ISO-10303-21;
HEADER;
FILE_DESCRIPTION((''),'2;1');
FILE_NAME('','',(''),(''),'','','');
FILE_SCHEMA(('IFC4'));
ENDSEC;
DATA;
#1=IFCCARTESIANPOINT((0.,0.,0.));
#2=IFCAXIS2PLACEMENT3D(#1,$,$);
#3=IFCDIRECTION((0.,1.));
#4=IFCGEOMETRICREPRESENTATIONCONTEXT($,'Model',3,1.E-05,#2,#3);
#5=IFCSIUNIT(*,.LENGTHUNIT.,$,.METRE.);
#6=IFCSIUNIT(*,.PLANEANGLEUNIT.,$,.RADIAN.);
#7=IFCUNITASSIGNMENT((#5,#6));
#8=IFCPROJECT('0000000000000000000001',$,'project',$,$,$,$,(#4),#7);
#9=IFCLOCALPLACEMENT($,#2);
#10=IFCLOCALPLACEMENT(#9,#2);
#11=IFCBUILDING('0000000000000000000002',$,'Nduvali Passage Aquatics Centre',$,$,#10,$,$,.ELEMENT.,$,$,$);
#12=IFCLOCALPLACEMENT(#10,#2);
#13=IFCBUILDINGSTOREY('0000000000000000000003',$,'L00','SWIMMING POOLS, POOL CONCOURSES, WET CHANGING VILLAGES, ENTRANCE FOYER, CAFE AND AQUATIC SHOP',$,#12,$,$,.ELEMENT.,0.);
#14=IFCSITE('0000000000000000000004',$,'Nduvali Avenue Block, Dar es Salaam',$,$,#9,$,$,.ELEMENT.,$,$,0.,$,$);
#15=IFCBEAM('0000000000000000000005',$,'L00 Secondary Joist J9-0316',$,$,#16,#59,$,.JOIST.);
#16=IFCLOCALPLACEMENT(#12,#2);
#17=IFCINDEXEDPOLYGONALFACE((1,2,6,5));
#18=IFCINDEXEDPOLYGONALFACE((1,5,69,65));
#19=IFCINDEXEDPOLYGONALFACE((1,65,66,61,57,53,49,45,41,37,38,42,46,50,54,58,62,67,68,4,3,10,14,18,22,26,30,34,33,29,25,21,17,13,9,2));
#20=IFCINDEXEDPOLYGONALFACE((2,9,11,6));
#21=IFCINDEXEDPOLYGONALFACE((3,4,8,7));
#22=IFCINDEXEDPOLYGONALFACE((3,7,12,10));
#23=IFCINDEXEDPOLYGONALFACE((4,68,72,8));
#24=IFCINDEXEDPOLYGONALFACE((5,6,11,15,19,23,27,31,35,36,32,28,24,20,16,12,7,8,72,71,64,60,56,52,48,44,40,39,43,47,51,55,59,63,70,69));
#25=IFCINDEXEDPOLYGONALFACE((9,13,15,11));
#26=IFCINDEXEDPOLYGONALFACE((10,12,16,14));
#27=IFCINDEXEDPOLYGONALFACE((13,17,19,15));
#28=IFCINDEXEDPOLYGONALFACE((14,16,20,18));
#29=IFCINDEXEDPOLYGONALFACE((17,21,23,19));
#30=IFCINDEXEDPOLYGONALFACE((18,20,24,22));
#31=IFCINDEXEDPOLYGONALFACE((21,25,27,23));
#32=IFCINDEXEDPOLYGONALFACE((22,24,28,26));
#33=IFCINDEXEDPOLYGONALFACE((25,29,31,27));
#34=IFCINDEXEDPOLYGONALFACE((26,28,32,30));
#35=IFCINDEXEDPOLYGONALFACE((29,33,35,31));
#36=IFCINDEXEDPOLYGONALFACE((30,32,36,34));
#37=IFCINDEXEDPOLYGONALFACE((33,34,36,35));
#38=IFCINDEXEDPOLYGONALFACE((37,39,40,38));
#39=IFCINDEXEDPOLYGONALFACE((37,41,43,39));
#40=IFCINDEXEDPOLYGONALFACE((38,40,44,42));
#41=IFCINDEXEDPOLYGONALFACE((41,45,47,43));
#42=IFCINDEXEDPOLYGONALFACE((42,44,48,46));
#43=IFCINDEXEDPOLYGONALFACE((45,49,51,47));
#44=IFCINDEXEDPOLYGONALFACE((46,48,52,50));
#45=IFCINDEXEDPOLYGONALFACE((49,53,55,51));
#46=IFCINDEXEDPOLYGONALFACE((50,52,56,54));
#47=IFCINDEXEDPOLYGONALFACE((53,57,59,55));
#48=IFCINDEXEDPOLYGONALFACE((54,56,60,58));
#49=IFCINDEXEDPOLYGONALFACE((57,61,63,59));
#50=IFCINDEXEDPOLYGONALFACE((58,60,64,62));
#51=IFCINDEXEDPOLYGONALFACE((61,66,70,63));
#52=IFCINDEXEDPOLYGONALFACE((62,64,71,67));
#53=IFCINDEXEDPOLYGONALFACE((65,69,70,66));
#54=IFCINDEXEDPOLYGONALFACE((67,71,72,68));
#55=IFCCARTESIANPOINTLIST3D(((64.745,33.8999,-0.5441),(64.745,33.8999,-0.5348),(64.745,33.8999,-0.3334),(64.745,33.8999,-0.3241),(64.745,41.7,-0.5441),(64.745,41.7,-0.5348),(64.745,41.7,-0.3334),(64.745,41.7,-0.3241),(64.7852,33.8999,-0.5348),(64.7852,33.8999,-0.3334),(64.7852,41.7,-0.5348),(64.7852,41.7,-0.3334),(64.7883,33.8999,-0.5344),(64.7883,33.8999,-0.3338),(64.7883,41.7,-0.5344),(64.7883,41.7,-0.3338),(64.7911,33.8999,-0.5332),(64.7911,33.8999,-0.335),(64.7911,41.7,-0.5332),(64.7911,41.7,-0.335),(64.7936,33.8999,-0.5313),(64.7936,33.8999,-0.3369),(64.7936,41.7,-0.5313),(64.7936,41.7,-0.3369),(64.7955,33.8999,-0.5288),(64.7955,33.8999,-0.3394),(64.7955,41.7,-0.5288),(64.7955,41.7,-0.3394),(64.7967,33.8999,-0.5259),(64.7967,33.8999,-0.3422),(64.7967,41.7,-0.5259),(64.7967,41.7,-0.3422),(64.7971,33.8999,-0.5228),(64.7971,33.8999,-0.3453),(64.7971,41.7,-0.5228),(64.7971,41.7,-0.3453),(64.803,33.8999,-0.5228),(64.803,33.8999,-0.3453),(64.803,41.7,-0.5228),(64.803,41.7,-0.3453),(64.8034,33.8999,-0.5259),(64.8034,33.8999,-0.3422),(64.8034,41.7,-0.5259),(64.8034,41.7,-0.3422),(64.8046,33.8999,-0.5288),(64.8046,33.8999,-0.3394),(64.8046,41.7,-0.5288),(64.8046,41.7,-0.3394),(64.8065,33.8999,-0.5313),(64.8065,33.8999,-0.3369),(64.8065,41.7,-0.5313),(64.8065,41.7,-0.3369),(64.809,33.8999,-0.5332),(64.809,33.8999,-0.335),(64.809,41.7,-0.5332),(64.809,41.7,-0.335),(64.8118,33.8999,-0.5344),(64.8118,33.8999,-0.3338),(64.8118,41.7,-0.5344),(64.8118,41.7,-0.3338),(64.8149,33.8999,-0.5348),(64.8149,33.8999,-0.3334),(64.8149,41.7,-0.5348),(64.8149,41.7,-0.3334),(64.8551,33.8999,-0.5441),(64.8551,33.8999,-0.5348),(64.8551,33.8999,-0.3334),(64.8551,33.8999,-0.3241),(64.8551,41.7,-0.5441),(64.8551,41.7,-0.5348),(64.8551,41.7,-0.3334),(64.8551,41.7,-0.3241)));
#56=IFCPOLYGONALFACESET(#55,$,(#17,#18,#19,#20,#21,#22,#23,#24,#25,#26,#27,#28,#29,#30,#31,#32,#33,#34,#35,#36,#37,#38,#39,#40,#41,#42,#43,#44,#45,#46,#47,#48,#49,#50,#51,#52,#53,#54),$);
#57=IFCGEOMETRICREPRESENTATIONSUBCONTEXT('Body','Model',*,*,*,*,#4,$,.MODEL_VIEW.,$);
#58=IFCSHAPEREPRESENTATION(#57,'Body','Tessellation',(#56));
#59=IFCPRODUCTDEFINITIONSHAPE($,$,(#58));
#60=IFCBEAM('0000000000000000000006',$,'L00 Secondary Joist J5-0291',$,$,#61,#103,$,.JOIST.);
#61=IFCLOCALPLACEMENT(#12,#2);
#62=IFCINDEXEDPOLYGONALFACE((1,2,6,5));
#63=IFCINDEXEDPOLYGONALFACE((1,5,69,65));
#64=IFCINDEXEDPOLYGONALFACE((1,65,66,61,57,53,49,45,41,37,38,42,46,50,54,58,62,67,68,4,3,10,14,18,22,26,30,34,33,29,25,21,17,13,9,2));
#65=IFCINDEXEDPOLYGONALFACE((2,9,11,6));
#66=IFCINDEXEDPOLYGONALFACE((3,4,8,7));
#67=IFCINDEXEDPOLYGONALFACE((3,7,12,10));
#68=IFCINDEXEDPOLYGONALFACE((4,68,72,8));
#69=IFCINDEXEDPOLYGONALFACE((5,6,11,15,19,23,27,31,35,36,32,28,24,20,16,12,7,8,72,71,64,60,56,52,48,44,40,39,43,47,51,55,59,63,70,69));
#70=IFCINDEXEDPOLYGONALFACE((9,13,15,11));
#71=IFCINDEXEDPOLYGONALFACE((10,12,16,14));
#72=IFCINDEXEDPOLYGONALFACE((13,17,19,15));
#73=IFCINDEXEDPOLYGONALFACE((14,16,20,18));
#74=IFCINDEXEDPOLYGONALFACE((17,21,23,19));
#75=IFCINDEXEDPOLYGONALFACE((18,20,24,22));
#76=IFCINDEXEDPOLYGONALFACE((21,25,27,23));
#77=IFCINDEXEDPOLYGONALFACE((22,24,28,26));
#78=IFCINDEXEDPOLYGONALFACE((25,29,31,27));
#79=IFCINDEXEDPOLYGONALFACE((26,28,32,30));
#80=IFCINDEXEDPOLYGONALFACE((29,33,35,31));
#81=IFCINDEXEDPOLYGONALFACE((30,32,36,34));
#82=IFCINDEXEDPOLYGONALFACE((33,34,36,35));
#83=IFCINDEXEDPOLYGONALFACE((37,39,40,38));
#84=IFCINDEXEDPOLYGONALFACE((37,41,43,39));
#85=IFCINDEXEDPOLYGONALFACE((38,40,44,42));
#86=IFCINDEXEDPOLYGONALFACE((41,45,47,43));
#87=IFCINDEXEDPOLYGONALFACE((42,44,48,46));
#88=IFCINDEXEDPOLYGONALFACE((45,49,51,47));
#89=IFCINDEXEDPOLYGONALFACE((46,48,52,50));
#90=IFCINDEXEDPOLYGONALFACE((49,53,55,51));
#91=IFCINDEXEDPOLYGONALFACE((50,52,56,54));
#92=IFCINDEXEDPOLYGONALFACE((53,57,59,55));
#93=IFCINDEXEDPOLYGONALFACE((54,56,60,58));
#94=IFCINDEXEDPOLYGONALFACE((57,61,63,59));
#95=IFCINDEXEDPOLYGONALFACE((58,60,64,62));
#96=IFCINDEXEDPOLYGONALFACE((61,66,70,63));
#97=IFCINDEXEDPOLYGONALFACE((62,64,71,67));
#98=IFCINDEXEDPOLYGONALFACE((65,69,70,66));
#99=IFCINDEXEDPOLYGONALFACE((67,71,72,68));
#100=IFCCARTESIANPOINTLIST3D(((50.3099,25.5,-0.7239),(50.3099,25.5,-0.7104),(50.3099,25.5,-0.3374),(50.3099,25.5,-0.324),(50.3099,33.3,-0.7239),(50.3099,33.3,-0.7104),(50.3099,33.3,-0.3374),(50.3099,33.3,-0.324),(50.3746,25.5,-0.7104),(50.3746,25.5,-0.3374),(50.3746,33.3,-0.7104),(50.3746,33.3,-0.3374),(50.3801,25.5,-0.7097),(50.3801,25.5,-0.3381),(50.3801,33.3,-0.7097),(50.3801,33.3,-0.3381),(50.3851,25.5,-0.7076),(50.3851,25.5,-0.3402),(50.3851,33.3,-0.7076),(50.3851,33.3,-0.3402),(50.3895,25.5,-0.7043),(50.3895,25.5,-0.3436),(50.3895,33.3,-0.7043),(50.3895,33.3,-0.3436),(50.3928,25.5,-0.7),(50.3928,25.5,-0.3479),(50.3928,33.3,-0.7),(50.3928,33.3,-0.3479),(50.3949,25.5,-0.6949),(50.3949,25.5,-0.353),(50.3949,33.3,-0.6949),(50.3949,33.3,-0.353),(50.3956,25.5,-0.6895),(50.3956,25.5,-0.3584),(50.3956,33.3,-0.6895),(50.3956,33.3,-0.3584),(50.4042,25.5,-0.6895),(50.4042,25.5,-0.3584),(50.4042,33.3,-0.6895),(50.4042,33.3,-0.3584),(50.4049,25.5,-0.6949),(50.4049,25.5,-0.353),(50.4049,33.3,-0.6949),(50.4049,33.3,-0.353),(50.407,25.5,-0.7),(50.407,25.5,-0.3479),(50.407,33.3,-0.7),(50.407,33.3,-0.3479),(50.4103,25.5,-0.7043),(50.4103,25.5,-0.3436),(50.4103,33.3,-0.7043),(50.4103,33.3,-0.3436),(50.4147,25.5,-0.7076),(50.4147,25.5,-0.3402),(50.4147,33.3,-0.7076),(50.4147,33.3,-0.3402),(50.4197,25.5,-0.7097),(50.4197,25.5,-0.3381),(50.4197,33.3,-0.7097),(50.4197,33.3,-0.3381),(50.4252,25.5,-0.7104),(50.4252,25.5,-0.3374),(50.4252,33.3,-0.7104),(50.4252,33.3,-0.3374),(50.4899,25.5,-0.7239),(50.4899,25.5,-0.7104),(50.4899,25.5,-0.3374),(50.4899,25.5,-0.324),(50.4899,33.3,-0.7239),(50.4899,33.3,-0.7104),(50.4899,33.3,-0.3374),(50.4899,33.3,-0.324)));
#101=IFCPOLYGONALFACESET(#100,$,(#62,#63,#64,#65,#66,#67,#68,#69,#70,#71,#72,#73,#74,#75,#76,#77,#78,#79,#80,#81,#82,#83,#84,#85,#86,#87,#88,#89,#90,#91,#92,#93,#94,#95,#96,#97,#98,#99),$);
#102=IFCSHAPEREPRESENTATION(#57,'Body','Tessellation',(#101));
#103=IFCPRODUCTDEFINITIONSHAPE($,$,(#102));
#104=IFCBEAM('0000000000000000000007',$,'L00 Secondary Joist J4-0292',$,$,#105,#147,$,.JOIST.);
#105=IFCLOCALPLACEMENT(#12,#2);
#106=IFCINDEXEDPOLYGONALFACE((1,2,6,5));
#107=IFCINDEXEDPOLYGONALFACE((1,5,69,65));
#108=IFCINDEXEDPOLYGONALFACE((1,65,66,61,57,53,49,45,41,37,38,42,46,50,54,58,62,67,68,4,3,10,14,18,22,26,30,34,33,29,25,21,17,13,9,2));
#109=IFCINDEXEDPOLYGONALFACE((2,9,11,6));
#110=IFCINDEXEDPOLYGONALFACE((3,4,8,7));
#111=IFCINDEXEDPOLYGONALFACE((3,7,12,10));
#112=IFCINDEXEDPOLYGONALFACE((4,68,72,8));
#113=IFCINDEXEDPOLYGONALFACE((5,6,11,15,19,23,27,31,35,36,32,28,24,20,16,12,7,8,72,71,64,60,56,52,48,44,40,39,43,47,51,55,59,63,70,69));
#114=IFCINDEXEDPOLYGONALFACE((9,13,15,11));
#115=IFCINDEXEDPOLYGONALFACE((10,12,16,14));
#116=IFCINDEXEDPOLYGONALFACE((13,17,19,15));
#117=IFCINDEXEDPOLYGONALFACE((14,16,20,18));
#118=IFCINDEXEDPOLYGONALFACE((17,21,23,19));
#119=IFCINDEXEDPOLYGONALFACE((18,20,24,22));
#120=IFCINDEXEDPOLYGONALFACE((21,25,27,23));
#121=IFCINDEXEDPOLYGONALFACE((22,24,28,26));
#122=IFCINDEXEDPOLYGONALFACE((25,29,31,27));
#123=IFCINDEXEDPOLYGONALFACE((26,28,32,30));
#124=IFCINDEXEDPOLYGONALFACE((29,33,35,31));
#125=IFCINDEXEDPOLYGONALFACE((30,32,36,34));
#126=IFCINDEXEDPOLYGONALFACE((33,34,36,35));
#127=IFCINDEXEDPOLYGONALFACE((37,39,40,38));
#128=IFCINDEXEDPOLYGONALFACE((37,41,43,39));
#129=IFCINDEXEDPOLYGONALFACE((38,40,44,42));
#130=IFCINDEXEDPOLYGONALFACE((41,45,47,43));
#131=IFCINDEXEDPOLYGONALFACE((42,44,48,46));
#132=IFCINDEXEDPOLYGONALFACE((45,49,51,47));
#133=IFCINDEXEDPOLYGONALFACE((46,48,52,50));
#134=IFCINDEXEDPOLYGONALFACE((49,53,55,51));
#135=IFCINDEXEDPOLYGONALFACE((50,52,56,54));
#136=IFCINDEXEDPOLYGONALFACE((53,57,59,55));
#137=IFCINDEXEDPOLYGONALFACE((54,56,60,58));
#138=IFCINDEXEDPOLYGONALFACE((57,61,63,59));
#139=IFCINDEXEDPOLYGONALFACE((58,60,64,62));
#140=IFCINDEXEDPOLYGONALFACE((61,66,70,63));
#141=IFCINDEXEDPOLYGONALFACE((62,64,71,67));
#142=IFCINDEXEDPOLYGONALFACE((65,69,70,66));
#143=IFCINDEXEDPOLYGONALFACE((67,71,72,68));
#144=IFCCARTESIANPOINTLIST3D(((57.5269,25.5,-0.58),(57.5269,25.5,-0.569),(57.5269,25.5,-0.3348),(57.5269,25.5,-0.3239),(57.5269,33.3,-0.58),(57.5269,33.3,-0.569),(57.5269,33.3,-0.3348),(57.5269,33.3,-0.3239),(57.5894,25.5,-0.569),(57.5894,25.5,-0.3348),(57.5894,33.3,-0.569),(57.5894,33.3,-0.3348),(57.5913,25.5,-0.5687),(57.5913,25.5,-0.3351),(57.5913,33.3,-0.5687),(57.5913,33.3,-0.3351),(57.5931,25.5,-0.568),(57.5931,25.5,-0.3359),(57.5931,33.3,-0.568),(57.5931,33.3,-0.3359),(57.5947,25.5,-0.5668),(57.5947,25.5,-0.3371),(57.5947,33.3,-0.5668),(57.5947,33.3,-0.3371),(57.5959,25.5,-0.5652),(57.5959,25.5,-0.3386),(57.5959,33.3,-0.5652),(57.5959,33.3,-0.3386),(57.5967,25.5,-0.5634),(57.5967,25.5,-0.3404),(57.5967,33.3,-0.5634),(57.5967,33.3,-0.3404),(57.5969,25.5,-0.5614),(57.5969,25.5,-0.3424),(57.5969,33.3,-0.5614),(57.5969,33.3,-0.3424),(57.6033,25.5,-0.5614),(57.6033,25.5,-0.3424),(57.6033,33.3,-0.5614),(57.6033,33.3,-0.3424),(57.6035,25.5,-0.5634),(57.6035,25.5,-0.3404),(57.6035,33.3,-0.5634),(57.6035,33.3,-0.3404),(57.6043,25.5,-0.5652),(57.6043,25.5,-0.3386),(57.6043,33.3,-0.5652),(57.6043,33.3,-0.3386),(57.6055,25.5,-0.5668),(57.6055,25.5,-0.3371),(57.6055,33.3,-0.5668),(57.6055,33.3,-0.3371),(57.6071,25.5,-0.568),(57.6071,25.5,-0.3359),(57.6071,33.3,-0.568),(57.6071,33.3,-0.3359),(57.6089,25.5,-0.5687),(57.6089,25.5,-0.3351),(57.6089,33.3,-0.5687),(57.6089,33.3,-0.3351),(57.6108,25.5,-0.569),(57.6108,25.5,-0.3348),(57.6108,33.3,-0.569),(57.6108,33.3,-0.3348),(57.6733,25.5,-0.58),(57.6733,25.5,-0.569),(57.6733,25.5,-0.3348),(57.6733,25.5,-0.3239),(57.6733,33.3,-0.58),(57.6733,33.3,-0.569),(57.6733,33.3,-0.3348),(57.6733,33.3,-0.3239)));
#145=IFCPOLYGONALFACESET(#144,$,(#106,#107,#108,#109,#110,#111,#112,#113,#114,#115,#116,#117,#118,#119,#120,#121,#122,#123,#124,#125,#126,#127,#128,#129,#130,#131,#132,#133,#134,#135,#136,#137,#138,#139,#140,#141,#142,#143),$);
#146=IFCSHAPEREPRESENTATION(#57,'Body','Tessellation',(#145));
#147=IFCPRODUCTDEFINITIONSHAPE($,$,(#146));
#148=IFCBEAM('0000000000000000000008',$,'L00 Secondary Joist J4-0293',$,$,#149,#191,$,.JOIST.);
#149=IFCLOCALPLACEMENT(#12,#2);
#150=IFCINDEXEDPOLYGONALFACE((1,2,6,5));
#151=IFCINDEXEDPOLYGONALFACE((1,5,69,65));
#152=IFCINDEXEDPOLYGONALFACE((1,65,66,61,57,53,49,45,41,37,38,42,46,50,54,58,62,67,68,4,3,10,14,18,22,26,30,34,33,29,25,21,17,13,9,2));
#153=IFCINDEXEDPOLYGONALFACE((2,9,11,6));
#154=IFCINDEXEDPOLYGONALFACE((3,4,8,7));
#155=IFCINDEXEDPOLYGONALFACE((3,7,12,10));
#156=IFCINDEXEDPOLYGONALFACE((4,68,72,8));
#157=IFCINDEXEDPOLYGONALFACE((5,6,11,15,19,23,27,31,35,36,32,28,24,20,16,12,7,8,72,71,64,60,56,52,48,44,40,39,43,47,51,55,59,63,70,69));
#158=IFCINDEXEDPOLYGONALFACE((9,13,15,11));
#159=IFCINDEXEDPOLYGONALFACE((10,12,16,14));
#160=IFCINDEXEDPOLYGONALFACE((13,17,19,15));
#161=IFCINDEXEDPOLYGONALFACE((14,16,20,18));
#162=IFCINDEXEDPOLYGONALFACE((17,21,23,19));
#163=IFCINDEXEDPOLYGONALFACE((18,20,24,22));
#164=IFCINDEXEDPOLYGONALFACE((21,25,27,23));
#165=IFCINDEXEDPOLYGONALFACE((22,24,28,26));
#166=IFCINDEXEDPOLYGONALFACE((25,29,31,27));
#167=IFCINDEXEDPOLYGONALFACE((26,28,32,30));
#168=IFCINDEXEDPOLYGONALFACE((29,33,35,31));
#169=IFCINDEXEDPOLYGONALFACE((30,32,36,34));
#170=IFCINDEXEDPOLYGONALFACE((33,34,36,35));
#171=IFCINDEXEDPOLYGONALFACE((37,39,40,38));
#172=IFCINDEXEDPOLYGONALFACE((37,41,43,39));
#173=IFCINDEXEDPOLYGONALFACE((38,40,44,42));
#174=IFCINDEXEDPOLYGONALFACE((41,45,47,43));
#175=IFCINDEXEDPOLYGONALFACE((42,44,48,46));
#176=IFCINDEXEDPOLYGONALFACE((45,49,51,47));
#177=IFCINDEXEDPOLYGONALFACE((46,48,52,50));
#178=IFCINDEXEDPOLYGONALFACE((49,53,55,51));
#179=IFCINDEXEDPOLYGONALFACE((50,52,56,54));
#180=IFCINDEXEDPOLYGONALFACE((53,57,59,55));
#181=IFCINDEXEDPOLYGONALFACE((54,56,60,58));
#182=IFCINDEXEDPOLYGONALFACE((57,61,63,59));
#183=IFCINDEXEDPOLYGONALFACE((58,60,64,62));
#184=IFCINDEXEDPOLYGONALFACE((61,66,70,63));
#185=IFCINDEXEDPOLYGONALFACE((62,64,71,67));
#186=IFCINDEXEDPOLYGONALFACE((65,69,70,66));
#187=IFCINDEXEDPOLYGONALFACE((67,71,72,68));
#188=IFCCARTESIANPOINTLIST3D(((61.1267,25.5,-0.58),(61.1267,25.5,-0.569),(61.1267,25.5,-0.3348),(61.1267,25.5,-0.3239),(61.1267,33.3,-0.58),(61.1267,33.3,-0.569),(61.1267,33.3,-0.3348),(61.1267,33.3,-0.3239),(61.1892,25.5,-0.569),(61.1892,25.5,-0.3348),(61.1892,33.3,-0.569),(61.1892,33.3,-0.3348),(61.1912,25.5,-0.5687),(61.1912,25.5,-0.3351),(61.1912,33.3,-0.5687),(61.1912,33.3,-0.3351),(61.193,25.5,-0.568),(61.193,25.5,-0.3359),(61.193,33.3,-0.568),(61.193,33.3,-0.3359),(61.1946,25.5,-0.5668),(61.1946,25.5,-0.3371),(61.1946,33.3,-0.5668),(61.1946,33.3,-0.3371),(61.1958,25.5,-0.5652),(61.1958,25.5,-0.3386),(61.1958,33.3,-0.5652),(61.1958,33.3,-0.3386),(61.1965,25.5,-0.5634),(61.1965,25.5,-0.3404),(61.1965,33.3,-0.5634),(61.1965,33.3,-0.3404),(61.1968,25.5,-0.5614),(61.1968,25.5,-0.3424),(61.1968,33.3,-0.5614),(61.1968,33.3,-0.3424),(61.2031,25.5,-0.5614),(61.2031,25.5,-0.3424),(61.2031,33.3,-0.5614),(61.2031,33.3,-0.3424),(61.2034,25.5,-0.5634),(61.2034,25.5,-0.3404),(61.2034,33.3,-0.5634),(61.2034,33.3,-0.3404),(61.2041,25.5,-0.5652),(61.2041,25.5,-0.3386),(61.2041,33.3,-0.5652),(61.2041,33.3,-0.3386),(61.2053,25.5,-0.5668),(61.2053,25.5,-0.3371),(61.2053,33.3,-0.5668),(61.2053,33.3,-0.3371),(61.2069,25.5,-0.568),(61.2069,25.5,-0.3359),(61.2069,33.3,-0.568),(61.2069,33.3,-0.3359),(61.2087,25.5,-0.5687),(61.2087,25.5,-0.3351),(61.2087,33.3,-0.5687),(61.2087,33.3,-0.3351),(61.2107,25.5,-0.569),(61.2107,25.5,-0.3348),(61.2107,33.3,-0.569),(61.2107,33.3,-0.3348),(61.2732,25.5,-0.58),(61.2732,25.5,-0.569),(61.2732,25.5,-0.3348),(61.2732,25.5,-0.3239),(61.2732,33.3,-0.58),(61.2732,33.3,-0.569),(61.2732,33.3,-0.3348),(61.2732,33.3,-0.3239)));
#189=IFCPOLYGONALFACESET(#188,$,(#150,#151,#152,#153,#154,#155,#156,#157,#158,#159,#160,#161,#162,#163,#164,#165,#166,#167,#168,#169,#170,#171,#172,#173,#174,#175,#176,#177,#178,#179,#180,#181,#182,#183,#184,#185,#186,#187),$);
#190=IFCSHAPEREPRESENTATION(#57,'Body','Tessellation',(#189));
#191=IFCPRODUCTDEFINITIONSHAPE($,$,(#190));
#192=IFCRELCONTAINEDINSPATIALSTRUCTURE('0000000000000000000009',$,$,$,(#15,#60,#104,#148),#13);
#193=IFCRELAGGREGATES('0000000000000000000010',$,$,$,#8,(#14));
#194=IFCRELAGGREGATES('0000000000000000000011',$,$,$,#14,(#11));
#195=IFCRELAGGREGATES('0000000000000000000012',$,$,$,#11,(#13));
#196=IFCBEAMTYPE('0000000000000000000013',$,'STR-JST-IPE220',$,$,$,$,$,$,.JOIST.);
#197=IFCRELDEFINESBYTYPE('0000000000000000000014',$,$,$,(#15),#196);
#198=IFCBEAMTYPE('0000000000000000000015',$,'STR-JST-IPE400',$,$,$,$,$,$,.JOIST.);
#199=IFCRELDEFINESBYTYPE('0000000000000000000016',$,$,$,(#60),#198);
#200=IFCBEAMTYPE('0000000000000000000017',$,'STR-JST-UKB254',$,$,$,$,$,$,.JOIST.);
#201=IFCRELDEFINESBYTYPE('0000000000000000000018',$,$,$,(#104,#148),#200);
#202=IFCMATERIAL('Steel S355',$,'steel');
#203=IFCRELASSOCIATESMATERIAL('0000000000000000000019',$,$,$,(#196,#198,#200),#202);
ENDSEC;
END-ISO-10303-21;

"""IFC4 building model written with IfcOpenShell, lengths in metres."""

from ifc_helpers import new_model, si_unit, direction, frame, origin, origin_2d, place, context, subcontext, project, spatial, i_section, extrude, material, material_profile, profile_set, type_object, element, save


model = new_model("IFC4")

# Units and contexts
model_context = context("Model", 3, precision=1e-05, world=origin(), true_north=direction((0.0, 1.0)))
body_context = subcontext(model_context, "Body", "Model", "MODEL_VIEW")
ifc_project = project(units=[si_unit("LENGTHUNIT", "METRE"), si_unit("PLANEANGLEUNIT", "RADIAN")], contexts=[model_context])

# Site, building, storey
site_placement = place(None, origin())
site = spatial("IfcSite", under=ifc_project, at=site_placement, Name="Nduvali Avenue Block, Dar es Salaam", CompositionType="ELEMENT", RefElevation=0.0)
building_placement = place(site_placement, origin())
building = spatial("IfcBuilding", under=site, at=building_placement, Name="Nduvali Passage Aquatics Centre", CompositionType="ELEMENT")
storey_placement = place(building_placement, origin())
storey = spatial("IfcBuildingStorey", under=building, at=storey_placement, Name="L00", Description="SWIMMING POOLS, POOL CONCOURSES, WET CHANGING VILLAGES, ENTRANCE FOYER, CAFE AND AQUATIC SHOP", CompositionType="ELEMENT", Elevation=0.0)

# Beams
ifc_material_1 = material(Name="Steel S355", Category="steel")
ifc_material_profile_1 = material_profile(ifc_material_1, i_section(OverallWidth=0.1101, OverallDepth=0.22, WebThickness=0.0059, FlangeThickness=0.0093, FilletRadius=0.012, at=origin_2d()), Name="IPE 220")
ifc_profile_set_1 = profile_set([ifc_material_profile_1], Name="Steel S355")
beam_type_1 = type_object("IfcBeamType", Name="STR-JST-IPE220", PredefinedType="JOIST", material=ifc_profile_set_1)
for number, where, z_axis, x_axis, name in (
    (1, (64.8, 33.8999, -0.4341), (0.0, 1.0, 0.0), (-1.0, 0.0, 0.0), "L00 Secondary Joist J9-0316"),
):
    element("IfcBeam", number, at=place(storey_placement, frame(where, z_axis=z_axis, x_axis=x_axis)), inside=storey, type_object=beam_type_1, Name=name, PredefinedType="JOIST", context=body_context, shape_type="SweptSolid", body=[
        extrude(i_section(OverallWidth=0.1101, OverallDepth=0.22, WebThickness=0.0059, FlangeThickness=0.0093, FilletRadius=0.012, at=origin_2d()), origin(), (0.0, 0.0, 1.0), 7.8),
    ])
ifc_material_profile_2 = material_profile(ifc_material_1, i_section(OverallWidth=0.1799, OverallDepth=0.3999, WebThickness=0.0085, FlangeThickness=0.0134, FilletRadius=0.021, at=origin_2d()), Name="IPE 400")
ifc_profile_set_2 = profile_set([ifc_material_profile_2], Name="Steel S355")
beam_type_2 = type_object("IfcBeamType", Name="STR-JST-IPE400", PredefinedType="JOIST", material=ifc_profile_set_2)
beam_1_placement = place(storey_placement, frame((50.3999, 25.5, -0.5239), z_axis=(0.0, 1.0, 0.0), x_axis=(-1.0, 0.0, 0.0)))
element("IfcBeam", 2, at=beam_1_placement, inside=storey, type_object=beam_type_2, Name="L00 Secondary Joist J5-0291", PredefinedType="JOIST", context=body_context, shape_type="SweptSolid", body=[
    extrude(i_section(OverallWidth=0.1799, OverallDepth=0.3999, WebThickness=0.0085, FlangeThickness=0.0134, FilletRadius=0.021, at=origin_2d()), origin(), (0.0, 0.0, 1.0), 7.8),
])
ifc_material_profile_3 = material_profile(ifc_material_1, i_section(OverallWidth=0.1465, OverallDepth=0.2561, WebThickness=0.0063, FlangeThickness=0.011, FilletRadius=0.0076, at=origin_2d()), Name="UKB 254x146x37")
ifc_profile_set_3 = profile_set([ifc_material_profile_3], Name="Steel S355")
beam_type_3 = type_object("IfcBeamType", Name="STR-JST-UKB254", PredefinedType="JOIST", material=ifc_profile_set_3)
for number, where, z_axis, x_axis, name in (
    (3, (57.6001, 25.5, -0.4519), (0.0, 1.0, 0.0), (-1.0, 0.0, 0.0), "L00 Secondary Joist J4-0292"),
    (4, (61.2, 25.5, -0.4519), (0.0, 1.0, 0.0), (-1.0, 0.0, 0.0), "L00 Secondary Joist J4-0293"),
):
    element("IfcBeam", number, at=place(storey_placement, frame(where, z_axis=z_axis, x_axis=x_axis)), inside=storey, type_object=beam_type_3, Name=name, PredefinedType="JOIST", context=body_context, shape_type="SweptSolid", body=[
        extrude(i_section(OverallWidth=0.1465, OverallDepth=0.2561, WebThickness=0.0063, FlangeThickness=0.011, FilletRadius=0.0076, at=origin_2d()), origin(), (0.0, 0.0, 1.0), 7.8),
    ])

save(model, "model.ifc")
